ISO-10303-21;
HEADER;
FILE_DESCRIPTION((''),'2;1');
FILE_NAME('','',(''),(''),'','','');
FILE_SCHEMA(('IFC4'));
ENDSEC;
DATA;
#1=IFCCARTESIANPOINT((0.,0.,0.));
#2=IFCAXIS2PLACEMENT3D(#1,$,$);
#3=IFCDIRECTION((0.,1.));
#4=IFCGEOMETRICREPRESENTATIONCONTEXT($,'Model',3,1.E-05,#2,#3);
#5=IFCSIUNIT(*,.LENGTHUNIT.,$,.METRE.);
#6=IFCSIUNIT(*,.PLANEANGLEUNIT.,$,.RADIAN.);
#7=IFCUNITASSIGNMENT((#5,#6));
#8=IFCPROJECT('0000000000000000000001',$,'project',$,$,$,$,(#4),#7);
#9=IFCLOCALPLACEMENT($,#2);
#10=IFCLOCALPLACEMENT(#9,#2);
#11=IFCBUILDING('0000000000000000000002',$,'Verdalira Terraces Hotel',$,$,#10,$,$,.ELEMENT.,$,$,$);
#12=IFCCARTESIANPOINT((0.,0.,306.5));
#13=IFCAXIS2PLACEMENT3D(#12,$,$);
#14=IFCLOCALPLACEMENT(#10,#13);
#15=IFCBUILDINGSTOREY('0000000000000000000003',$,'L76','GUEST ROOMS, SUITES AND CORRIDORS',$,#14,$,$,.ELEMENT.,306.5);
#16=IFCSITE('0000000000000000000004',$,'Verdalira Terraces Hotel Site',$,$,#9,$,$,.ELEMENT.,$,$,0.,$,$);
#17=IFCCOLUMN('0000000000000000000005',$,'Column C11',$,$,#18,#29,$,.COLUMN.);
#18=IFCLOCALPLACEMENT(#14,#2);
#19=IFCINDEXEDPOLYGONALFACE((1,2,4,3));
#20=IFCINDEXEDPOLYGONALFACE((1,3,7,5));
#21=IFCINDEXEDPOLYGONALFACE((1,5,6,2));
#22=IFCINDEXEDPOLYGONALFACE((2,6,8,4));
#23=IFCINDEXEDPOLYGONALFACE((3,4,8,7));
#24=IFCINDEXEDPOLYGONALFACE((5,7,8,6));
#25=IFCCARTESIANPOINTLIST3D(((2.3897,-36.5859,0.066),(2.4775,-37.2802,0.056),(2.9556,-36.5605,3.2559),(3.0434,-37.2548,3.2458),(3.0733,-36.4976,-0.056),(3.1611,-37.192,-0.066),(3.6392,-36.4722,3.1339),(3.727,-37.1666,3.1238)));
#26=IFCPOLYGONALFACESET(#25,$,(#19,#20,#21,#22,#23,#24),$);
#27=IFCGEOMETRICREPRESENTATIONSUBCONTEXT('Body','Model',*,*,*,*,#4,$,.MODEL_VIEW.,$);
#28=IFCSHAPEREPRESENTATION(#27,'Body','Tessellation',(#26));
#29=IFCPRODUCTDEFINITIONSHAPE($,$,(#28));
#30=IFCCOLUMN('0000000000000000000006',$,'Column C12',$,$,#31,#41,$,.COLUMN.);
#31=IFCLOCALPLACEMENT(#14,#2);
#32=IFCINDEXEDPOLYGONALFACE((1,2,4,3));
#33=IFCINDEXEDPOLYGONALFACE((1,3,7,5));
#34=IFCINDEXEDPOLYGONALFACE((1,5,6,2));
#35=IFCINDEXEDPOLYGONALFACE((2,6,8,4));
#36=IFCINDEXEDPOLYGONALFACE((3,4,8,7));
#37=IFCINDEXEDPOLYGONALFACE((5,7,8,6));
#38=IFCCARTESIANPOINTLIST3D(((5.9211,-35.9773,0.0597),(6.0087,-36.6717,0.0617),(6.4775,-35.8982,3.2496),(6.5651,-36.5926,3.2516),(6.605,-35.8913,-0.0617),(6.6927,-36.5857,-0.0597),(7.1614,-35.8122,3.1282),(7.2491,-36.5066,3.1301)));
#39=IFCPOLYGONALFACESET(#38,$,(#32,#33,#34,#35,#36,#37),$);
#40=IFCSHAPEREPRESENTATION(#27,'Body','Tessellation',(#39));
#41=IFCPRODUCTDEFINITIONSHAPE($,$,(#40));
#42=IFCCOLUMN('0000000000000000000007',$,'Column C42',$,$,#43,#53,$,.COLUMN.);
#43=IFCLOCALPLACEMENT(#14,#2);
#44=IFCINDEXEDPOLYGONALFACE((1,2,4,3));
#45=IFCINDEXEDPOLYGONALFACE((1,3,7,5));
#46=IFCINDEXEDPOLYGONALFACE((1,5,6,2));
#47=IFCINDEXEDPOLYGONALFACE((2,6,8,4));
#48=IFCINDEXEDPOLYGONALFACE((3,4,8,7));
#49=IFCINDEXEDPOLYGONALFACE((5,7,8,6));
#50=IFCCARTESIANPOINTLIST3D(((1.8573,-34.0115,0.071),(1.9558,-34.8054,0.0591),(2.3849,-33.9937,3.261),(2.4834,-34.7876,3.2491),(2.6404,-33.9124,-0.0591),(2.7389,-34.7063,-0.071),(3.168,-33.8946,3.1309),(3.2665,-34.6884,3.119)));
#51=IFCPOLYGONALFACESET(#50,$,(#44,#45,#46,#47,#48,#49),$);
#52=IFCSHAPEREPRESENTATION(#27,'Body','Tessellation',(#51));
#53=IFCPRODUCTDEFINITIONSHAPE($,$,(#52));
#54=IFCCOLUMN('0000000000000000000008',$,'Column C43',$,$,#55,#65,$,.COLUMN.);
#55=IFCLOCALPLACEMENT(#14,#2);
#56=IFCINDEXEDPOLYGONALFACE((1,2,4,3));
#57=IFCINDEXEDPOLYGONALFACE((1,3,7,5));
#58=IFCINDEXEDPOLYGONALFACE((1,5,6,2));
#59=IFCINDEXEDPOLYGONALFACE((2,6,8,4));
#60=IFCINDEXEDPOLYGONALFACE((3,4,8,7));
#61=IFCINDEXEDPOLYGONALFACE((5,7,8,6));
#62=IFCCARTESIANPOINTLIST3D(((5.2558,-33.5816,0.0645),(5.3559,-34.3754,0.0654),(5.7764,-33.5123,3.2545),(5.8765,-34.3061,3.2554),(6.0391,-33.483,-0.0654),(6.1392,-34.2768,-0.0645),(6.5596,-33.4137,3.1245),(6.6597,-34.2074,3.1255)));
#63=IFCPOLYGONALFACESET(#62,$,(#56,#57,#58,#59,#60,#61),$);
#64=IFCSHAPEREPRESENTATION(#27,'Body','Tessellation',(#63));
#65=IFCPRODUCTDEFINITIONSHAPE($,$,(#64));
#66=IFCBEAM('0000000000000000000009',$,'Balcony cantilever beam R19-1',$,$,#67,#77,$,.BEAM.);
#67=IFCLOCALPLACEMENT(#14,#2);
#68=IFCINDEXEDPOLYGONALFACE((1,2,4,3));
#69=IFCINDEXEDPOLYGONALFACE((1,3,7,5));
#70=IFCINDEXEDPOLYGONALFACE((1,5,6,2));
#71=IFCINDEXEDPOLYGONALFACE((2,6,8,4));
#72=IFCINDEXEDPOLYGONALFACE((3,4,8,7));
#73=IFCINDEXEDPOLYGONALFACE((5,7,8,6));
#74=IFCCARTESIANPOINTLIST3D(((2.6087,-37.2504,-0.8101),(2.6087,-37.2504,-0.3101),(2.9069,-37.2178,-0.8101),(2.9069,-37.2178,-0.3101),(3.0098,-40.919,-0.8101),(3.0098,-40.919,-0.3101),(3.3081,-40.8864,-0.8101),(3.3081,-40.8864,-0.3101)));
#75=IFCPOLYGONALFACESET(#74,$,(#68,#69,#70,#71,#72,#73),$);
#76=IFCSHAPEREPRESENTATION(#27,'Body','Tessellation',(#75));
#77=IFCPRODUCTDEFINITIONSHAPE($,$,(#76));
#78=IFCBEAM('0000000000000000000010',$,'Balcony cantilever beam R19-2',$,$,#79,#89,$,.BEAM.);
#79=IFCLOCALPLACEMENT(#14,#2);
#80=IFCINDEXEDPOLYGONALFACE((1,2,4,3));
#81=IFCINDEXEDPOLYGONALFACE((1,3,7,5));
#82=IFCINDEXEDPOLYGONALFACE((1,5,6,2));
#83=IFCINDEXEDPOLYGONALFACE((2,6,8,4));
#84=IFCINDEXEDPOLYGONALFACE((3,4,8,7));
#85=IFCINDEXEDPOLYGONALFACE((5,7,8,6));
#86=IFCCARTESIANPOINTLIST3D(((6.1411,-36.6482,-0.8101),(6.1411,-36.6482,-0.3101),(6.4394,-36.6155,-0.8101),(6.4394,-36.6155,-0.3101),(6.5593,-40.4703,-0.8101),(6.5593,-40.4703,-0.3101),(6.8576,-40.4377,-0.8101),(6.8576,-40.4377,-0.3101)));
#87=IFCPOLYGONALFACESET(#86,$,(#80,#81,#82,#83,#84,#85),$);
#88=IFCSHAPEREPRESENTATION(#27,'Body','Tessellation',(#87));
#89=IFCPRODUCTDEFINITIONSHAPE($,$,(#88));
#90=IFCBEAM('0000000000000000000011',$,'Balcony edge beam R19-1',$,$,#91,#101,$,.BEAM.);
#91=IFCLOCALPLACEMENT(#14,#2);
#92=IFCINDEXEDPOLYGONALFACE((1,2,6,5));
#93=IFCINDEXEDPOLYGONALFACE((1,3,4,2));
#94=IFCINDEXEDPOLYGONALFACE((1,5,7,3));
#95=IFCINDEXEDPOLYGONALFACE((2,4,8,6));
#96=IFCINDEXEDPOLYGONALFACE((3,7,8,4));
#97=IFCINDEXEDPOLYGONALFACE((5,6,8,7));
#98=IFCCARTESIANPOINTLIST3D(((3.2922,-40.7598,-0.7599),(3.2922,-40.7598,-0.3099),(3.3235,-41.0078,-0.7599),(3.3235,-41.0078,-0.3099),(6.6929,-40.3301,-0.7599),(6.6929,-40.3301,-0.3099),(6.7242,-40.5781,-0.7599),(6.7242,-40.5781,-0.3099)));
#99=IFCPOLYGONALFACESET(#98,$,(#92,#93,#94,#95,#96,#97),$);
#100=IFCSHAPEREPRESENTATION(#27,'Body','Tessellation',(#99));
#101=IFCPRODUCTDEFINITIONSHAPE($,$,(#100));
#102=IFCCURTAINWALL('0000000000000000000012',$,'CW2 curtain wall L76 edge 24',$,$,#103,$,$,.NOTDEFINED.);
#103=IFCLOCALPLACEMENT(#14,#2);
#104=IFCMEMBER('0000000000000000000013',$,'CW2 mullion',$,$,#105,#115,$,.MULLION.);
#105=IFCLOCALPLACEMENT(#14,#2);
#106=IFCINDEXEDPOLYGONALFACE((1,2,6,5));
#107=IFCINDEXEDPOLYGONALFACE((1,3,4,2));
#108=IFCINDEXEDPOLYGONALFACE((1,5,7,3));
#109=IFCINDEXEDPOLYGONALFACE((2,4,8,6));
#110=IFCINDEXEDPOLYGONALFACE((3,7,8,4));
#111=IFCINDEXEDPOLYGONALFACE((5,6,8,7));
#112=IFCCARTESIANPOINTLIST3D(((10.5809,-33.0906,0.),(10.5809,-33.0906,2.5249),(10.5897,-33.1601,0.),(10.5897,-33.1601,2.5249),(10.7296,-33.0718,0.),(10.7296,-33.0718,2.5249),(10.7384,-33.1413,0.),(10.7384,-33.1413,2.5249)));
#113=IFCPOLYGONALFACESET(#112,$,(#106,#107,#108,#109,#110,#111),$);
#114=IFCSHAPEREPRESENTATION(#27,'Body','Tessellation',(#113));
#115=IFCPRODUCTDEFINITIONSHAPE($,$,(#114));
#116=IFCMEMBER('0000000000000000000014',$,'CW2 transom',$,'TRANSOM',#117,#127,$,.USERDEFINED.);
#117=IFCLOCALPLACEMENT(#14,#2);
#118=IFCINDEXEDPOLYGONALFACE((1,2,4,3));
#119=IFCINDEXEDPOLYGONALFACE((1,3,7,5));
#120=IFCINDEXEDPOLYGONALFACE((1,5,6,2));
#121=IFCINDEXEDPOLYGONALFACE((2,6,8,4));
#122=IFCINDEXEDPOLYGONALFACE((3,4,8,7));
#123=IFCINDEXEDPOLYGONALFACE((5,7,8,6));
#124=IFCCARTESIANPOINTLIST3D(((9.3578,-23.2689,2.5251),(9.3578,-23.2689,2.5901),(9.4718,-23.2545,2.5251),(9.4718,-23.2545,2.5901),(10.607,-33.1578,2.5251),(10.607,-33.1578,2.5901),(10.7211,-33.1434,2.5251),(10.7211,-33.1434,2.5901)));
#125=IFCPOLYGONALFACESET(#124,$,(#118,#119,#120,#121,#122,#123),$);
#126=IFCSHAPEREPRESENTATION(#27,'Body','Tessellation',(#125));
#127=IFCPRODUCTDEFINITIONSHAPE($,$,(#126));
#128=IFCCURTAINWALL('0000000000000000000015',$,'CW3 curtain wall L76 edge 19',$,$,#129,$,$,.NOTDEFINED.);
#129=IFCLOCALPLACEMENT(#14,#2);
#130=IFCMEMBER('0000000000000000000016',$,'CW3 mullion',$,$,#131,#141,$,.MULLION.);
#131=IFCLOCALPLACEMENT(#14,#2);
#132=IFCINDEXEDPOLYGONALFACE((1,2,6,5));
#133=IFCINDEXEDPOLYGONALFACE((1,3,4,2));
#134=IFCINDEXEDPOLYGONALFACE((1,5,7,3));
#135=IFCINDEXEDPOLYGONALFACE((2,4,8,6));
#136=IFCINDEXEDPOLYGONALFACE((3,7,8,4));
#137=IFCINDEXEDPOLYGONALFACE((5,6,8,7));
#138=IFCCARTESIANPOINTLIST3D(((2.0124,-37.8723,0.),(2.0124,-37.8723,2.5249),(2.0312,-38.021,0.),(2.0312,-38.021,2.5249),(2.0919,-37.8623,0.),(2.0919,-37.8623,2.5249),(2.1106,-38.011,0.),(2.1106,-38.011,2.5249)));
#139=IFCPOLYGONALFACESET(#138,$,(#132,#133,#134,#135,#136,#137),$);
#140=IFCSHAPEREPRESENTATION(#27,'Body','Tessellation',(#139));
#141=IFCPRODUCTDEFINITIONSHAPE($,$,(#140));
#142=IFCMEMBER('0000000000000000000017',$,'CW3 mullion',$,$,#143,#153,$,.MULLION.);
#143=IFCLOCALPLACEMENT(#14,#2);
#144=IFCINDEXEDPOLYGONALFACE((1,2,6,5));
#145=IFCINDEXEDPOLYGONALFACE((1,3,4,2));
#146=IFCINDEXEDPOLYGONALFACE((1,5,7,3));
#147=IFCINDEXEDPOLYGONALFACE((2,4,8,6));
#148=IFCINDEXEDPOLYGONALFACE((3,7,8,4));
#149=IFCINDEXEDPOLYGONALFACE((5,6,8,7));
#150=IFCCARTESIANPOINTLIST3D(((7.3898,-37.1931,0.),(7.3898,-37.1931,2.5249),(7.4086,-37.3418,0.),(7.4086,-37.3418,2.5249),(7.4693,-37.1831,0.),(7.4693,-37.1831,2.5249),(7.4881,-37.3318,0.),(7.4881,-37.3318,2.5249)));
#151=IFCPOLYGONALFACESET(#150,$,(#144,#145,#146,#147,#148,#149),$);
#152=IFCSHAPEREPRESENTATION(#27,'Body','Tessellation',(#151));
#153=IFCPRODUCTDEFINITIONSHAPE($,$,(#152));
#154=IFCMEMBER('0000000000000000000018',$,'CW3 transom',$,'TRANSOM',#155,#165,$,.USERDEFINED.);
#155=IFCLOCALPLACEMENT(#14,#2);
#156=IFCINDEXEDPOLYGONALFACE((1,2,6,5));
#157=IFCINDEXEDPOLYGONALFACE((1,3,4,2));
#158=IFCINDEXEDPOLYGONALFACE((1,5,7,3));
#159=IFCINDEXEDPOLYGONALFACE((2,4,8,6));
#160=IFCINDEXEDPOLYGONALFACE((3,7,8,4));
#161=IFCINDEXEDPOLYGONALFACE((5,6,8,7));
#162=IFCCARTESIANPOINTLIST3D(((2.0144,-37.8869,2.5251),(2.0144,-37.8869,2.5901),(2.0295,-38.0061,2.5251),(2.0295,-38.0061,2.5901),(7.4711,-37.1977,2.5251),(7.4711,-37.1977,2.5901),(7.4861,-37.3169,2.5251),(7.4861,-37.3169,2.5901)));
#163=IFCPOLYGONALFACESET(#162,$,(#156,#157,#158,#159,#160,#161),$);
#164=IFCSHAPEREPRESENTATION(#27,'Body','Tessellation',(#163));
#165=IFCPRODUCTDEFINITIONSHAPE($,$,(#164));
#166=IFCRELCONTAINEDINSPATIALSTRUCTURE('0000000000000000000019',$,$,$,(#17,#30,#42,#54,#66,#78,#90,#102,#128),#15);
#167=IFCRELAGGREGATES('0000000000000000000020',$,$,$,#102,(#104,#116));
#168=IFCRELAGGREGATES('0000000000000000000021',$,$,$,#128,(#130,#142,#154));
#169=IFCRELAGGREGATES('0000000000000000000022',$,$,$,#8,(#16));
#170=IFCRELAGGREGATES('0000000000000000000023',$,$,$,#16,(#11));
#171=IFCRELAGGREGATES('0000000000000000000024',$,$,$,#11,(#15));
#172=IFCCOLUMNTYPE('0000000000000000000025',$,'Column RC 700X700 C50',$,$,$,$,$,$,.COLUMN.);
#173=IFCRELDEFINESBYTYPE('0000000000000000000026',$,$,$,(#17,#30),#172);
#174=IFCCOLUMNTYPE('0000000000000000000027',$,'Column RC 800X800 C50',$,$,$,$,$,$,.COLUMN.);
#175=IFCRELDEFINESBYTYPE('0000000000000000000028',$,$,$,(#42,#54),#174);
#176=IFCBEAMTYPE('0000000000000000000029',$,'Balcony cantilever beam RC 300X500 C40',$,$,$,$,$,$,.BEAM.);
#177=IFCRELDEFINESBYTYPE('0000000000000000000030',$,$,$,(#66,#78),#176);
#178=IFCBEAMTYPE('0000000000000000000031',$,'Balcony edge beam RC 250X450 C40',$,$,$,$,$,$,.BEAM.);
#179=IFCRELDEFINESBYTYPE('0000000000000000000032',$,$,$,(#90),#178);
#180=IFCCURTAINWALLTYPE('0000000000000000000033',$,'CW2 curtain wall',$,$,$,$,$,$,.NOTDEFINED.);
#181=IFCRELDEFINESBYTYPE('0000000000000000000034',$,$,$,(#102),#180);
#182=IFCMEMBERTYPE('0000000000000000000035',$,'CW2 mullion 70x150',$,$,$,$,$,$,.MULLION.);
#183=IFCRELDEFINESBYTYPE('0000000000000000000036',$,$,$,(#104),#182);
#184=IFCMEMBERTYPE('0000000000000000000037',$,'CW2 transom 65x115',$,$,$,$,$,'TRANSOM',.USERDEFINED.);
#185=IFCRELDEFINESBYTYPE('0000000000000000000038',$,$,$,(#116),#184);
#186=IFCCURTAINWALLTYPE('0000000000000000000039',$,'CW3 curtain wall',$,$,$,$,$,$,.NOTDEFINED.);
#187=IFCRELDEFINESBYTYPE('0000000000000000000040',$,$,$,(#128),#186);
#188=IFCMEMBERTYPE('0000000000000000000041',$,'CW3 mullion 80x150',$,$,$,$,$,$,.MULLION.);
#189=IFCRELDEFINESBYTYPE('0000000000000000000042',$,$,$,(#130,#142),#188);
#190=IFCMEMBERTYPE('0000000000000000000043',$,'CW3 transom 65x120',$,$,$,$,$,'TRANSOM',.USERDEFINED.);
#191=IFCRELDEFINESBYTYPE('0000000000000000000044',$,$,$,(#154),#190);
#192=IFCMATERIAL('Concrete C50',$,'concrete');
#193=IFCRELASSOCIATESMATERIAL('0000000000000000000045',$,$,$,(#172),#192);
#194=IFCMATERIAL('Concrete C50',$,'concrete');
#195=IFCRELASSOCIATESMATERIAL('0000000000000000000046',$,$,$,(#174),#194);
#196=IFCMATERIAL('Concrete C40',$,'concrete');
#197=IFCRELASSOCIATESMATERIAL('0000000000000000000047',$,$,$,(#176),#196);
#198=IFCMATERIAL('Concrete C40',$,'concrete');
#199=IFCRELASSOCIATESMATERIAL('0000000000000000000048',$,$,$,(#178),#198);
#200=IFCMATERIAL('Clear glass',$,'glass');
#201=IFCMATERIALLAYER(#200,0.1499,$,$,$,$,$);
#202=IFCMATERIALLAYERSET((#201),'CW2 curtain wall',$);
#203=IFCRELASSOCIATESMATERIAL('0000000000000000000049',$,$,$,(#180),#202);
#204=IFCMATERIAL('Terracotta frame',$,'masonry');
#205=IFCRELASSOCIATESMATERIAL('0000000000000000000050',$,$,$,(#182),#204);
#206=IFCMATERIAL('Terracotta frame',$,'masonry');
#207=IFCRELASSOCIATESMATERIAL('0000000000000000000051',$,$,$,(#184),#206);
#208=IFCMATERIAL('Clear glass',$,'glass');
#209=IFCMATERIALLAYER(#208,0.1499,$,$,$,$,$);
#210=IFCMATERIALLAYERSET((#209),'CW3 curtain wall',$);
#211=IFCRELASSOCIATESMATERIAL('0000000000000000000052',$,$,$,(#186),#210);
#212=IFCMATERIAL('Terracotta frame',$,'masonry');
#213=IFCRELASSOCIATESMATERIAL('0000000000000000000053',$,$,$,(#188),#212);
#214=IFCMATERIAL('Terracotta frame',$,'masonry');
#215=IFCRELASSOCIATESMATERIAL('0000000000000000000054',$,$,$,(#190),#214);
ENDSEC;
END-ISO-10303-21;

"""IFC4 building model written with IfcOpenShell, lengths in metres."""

from ifc_helpers import new_model, si_unit, direction, frame, origin, origin_2d, place, context, subcontext, project, spatial, rectangle, extrude, material, layer, layer_set, material_profile, profile_set, type_object, element, aggregate, save


model = new_model("IFC4")

# Units and contexts
model_context = context("Model", 3, precision=1e-05, world=origin(), true_north=direction((0.0, 1.0)))
body_context = subcontext(model_context, "Body", "Model", "MODEL_VIEW")
ifc_project = project(units=[si_unit("LENGTHUNIT", "METRE"), si_unit("PLANEANGLEUNIT", "RADIAN")], contexts=[model_context])

# Site, building, storey
site_placement = place(None, origin())
site = spatial("IfcSite", under=ifc_project, at=site_placement, Name="Verdalira Terraces Hotel Site", CompositionType="ELEMENT", RefElevation=0.0)
building_placement = place(site_placement, origin())
building = spatial("IfcBuilding", under=site, at=building_placement, Name="Verdalira Terraces Hotel", CompositionType="ELEMENT")
storey_placement = place(building_placement, frame((0.0, 0.0, 306.5)))
storey = spatial("IfcBuildingStorey", under=building, at=storey_placement, Name="L76", Description="GUEST ROOMS, SUITES AND CORRIDORS", CompositionType="ELEMENT", Elevation=306.5)

# Columns
ifc_material_1 = material(Name="Concrete C50", Category="concrete")
ifc_material_profile_1 = material_profile(ifc_material_1, rectangle(XDim=0.7, YDim=0.7, at=origin_2d()), Name="RC 700X700")
ifc_profile_set_1 = profile_set([ifc_material_profile_1], Name="Concrete C50")
column_type_1 = type_object("IfcColumnType", Name="Column RC 700X700 C50", PredefinedType="COLUMN", material=ifc_profile_set_1)
column_1_placement = place(storey_placement, frame((2.7754, -36.8889, 0.0), z_axis=(0.174674, 0.007837, 0.984595), x_axis=(0.976598, 0.126057, -0.174259)))
element("IfcColumn", 1, at=column_1_placement, inside=storey, type_object=column_type_1, Name="Column C11", PredefinedType="COLUMN", context=body_context, shape_type="SweptSolid", body=[
    extrude(rectangle(XDim=0.7, YDim=0.7, at=origin_2d()), origin(), (0.0, 0.0, 1.0), 3.2397),
])
column_2_placement = place(storey_placement, frame((6.3069, -36.2815, 0.0), z_axis=(0.171777, 0.024421, 0.984833), x_axis=(0.977145, 0.122845, -0.173482)))
element("IfcColumn", 2, at=column_2_placement, inside=storey, type_object=column_type_1, Name="Column C12", PredefinedType="COLUMN", context=body_context, shape_type="SweptSolid", body=[
    extrude(rectangle(XDim=0.7, YDim=0.7, at=origin_2d()), origin(), (0.0, 0.0, 1.0), 3.239),
])
ifc_material_2 = material(Name="Concrete C50", Category="concrete")
ifc_material_profile_2 = material_profile(ifc_material_2, rectangle(XDim=0.8, YDim=0.8, at=origin_2d()), Name="RC 800X800")
ifc_profile_set_2 = profile_set([ifc_material_profile_2], Name="Concrete C50")
column_type_2 = type_object("IfcColumnType", Name="Column RC 800X800 C50", PredefinedType="COLUMN", material=ifc_profile_set_2)
column_3_placement = place(storey_placement, frame((2.2981, -34.3589, 0.0), z_axis=(0.163172, 0.005512, 0.986582), x_axis=(0.123128, -0.99228, -0.01482)))
element("IfcColumn", 3, at=column_3_placement, inside=storey, type_object=column_type_2, Name="Column C42", PredefinedType="COLUMN", context=body_context, shape_type="SweptSolid", body=[
    extrude(rectangle(XDim=0.8, YDim=0.8, at=origin_2d()), origin(), (0.0, 0.0, 1.0), 3.2334),
])
column_4_placement = place(storey_placement, frame((5.6975, -33.9292, 0.0), z_axis=(0.161005, 0.021447, 0.986721), x_axis=(0.12512, -0.992141, 0.001149)))
element("IfcColumn", 4, at=column_4_placement, inside=storey, type_object=column_type_2, Name="Column C43", PredefinedType="COLUMN", context=body_context, shape_type="SweptSolid", body=[
    extrude(rectangle(XDim=0.8, YDim=0.8, at=origin_2d()), origin(), (0.0, 0.0, 1.0), 3.2329),
])

# Beams
ifc_material_3 = material(Name="Concrete C40", Category="concrete")
ifc_material_profile_3 = material_profile(ifc_material_3, rectangle(XDim=0.3, YDim=0.5, at=origin_2d()), Name="RC 300X500")
ifc_profile_set_3 = profile_set([ifc_material_profile_3], Name="Concrete C40")
beam_type_1 = type_object("IfcBeamType", Name="Balcony cantilever beam RC 300X500 C40", PredefinedType="BEAM", material=ifc_profile_set_3)
beam_1_placement = place(storey_placement, frame((2.7578, -37.2341, -0.5601), z_axis=(0.108696, -0.994075, 0.0), x_axis=(0.994075, 0.108696, 0.0)))
element("IfcBeam", 5, at=beam_1_placement, inside=storey, type_object=beam_type_1, Name="Balcony cantilever beam R19-1", PredefinedType="BEAM", context=body_context, shape_type="SweptSolid", body=[
    extrude(rectangle(XDim=0.3, YDim=0.5, at=origin_2d()), origin(), (0.0, 0.0, 1.0), 3.6904),
])
beam_2_placement = place(storey_placement, frame((6.2903, -36.6318, -0.5601), z_axis=(0.108766, -0.994067, 0.0), x_axis=(0.994067, 0.108766, 0.0)))
element("IfcBeam", 6, at=beam_2_placement, inside=storey, type_object=beam_type_1, Name="Balcony cantilever beam R19-2", PredefinedType="BEAM", context=body_context, shape_type="SweptSolid", body=[
    extrude(rectangle(XDim=0.3, YDim=0.5, at=origin_2d()), origin(), (0.0, 0.0, 1.0), 3.845),
])
ifc_material_4 = material(Name="Concrete C40", Category="concrete")
ifc_material_profile_4 = material_profile(ifc_material_4, rectangle(XDim=0.25, YDim=0.45, at=origin_2d()), Name="RC 250X450")
ifc_profile_set_4 = profile_set([ifc_material_profile_4], Name="Concrete C40")
beam_type_2 = type_object("IfcBeamType", Name="Balcony edge beam RC 250X450 C40", PredefinedType="BEAM", material=ifc_profile_set_4)
beam_3_placement = place(storey_placement, frame((3.3079, -40.8838, -0.5349), z_axis=(0.992112, 0.125358, 0.0), x_axis=(-0.125358, 0.992112, 0.0)))
element("IfcBeam", 7, at=beam_3_placement, inside=storey, type_object=beam_type_2, Name="Balcony edge beam R19-1", PredefinedType="BEAM", context=body_context, shape_type="SweptSolid", body=[
    extrude(rectangle(XDim=0.25, YDim=0.45, at=origin_2d()), origin(), (0.0, 0.0, 1.0), 3.4277),
])

# Curtain walls, members
ifc_material_5 = material(Name="Clear glass", Category="glass")
ifc_layer_1 = layer(ifc_material_5, 0.1499)
ifc_layer_set_1 = layer_set([ifc_layer_1], Name="CW2 curtain wall")
curtain_wall_type_1 = type_object("IfcCurtainWallType", Name="CW2 curtain wall", PredefinedType="NOTDEFINED", material=ifc_layer_set_1)
curtain_wall_1_placement = place(storey_placement, origin())
curtain_wall_1 = element("IfcCurtainWall", 8, at=curtain_wall_1_placement, inside=storey, type_object=curtain_wall_type_1, Name="CW2 curtain wall L76 edge 24", PredefinedType="NOTDEFINED")
ifc_material_6 = material(Name="Terracotta frame", Category="masonry")
ifc_material_profile_5 = material_profile(ifc_material_6, rectangle(XDim=0.0701, YDim=0.1499, at=origin_2d()), Name="MU 70x150")
ifc_profile_set_5 = profile_set([ifc_material_profile_5], Name="Terracotta frame")
member_type_1 = type_object("IfcMemberType", Name="CW2 mullion 70x150", PredefinedType="MULLION", material=ifc_profile_set_5)
member_1_placement = place(storey_placement, frame((10.6597, -33.116, 0.0), z_axis=(0.0, 0.0, 1.0), x_axis=(-0.125333, 0.992115, 0.0)))
member_1 = element("IfcMember", 9, at=member_1_placement, type_object=member_type_1, Name="CW2 mullion", PredefinedType="MULLION", context=body_context, shape_type="SweptSolid", body=[
    extrude(rectangle(XDim=0.0701, YDim=0.1499, at=origin_2d()), origin(), (0.0, 0.0, 1.0), 2.5249),
])
ifc_material_7 = material(Name="Terracotta frame", Category="masonry")
ifc_material_profile_6 = material_profile(ifc_material_7, rectangle(XDim=0.115, YDim=0.0649, at=origin_2d()), Name="TR 65x115")
ifc_profile_set_6 = profile_set([ifc_material_profile_6], Name="Terracotta frame")
member_type_2 = type_object("IfcMemberType", Name="CW2 transom 65x115", ElementType="TRANSOM", PredefinedType="USERDEFINED", material=ifc_profile_set_6)
member_2_placement = place(storey_placement, frame((10.6641, -33.1506, 2.5576), z_axis=(-0.125334, 0.992115, 0.0), x_axis=(-0.992115, -0.125334, 0.0)))
member_2 = element("IfcMember", 10, at=member_2_placement, type_object=member_type_2, Name="CW2 transom", ObjectType="TRANSOM", PredefinedType="USERDEFINED", context=body_context, shape_type="SweptSolid", body=[
    extrude(rectangle(XDim=0.115, YDim=0.0649, at=origin_2d()), origin(), (0.0, 0.0, 1.0), 9.9675),
])
aggregate(curtain_wall_1, [member_1, member_2])
ifc_material_8 = material(Name="Clear glass", Category="glass")
ifc_layer_2 = layer(ifc_material_8, 0.1499)
ifc_layer_set_2 = layer_set([ifc_layer_2], Name="CW3 curtain wall")
curtain_wall_type_2 = type_object("IfcCurtainWallType", Name="CW3 curtain wall", PredefinedType="NOTDEFINED", material=ifc_layer_set_2)
curtain_wall_2_placement = place(storey_placement, origin())
curtain_wall_2 = element("IfcCurtainWall", 11, at=curtain_wall_2_placement, inside=storey, type_object=curtain_wall_type_2, Name="CW3 curtain wall L76 edge 19", PredefinedType="NOTDEFINED")
ifc_material_9 = material(Name="Terracotta frame", Category="masonry")
ifc_material_profile_7 = material_profile(ifc_material_9, rectangle(XDim=0.0801, YDim=0.1499, at=origin_2d()), Name="MU 80x150")
ifc_profile_set_7 = profile_set([ifc_material_profile_7], Name="Terracotta frame")
member_type_3 = type_object("IfcMemberType", Name="CW3 mullion 80x150", PredefinedType="MULLION", material=ifc_profile_set_7)
member_3_placement = place(storey_placement, frame((2.0615, -37.9417, 0.0), z_axis=(0.0, 0.0, 1.0), x_axis=(0.992115, 0.125333, 0.0)))
member_3 = element("IfcMember", 12, at=member_3_placement, type_object=member_type_3, Name="CW3 mullion", PredefinedType="MULLION", context=body_context, shape_type="SweptSolid", body=[
    extrude(rectangle(XDim=0.0801, YDim=0.1499, at=origin_2d()), origin(), (0.0, 0.0, 1.0), 2.5249),
])
member_4_placement = place(storey_placement, frame((7.439, -37.2625, 0.0), z_axis=(0.0, 0.0, 1.0), x_axis=(0.992115, 0.125333, 0.0)))
member_4 = element("IfcMember", 13, at=member_4_placement, type_object=member_type_3, Name="CW3 mullion", PredefinedType="MULLION", context=body_context, shape_type="SweptSolid", body=[
    extrude(rectangle(XDim=0.0801, YDim=0.1499, at=origin_2d()), origin(), (0.0, 0.0, 1.0), 2.5249),
])
ifc_material_10 = material(Name="Terracotta frame", Category="masonry")
ifc_material_profile_8 = material_profile(ifc_material_10, rectangle(XDim=0.1201, YDim=0.0649, at=origin_2d()), Name="TR 65x120")
ifc_profile_set_8 = profile_set([ifc_material_profile_8], Name="Terracotta frame")
member_type_4 = type_object("IfcMemberType", Name="CW3 transom 65x120", ElementType="TRANSOM", PredefinedType="USERDEFINED", material=ifc_profile_set_8)
member_5_placement = place(storey_placement, frame((2.022, -37.9465, 2.5576), z_axis=(0.992117, 0.125313, 0.0), x_axis=(-0.125313, 0.992117, 0.0)))
member_5 = element("IfcMember", 14, at=member_5_placement, type_object=member_type_4, Name="CW3 transom", ObjectType="TRANSOM", PredefinedType="USERDEFINED", context=body_context, shape_type="SweptSolid", body=[
    extrude(rectangle(XDim=0.1201, YDim=0.0649, at=origin_2d()), origin(), (0.0, 0.0, 1.0), 5.5),
])

aggregate(curtain_wall_2, [member_3, member_4, member_5])

save(model, "model.ifc")
